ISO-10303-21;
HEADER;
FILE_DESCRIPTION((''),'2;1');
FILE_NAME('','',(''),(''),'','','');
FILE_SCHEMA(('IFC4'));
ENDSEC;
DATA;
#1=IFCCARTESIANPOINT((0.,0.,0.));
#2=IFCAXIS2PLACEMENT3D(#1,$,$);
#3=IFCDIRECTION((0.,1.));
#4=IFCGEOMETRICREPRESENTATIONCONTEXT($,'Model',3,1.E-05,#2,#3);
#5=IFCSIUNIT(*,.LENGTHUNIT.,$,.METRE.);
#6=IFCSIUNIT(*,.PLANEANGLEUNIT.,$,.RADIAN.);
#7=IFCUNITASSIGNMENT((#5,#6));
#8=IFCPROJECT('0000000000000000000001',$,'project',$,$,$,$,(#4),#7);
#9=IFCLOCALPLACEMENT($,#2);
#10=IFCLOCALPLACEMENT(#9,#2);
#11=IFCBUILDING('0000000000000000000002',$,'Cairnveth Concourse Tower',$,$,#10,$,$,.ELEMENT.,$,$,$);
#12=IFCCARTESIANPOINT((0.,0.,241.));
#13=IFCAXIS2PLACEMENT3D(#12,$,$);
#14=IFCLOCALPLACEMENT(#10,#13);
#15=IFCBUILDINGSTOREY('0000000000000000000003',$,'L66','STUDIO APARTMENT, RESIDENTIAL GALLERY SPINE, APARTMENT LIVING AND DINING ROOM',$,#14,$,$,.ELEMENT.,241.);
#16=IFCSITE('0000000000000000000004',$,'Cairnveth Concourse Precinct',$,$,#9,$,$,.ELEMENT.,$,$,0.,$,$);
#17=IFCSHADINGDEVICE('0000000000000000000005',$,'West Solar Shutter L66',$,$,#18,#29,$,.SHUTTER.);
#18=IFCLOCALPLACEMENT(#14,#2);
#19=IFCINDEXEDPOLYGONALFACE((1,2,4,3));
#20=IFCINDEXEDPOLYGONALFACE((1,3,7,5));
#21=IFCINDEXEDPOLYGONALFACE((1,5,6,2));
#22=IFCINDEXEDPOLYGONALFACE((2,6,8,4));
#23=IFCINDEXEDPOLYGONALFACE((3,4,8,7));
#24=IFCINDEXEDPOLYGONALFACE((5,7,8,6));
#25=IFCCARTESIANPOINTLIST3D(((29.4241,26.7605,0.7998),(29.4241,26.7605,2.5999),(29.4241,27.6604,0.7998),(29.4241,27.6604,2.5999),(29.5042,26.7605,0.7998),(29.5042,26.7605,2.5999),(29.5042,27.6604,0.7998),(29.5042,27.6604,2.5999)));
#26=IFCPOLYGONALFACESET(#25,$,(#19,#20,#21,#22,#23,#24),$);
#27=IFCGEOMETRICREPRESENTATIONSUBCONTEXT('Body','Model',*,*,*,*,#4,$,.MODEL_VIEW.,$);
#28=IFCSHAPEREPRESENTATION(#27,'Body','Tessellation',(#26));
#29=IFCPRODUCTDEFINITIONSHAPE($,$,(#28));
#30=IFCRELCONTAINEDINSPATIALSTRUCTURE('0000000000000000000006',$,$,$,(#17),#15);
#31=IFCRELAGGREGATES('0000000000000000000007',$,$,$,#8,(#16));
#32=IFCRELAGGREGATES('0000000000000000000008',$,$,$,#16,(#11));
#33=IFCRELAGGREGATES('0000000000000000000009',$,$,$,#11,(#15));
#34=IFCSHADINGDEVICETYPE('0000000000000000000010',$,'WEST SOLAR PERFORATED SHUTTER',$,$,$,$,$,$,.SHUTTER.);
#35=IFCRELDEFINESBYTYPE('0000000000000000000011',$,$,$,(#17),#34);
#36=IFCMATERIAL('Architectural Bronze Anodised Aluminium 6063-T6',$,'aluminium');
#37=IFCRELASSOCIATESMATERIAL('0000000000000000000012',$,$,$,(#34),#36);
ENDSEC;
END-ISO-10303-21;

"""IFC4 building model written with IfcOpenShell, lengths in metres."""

from ifc_helpers import new_model, si_unit, direction, frame, origin, origin_2d, place, context, subcontext, project, spatial, rectangle, extrude, material, type_object, element, save


model = new_model("IFC4")

# Units and contexts
model_context = context("Model", 3, precision=1e-05, world=origin(), true_north=direction((0.0, 1.0)))
body_context = subcontext(model_context, "Body", "Model", "MODEL_VIEW")
ifc_project = project(units=[si_unit("LENGTHUNIT", "METRE"), si_unit("PLANEANGLEUNIT", "RADIAN")], contexts=[model_context])

# Site, building, storey
site_placement = place(None, origin())
site = spatial("IfcSite", under=ifc_project, at=site_placement, Name="Cairnveth Concourse Precinct", CompositionType="ELEMENT", RefElevation=0.0)
building_placement = place(site_placement, origin())
building = spatial("IfcBuilding", under=site, at=building_placement, Name="Cairnveth Concourse Tower", CompositionType="ELEMENT")
storey_placement = place(building_placement, frame((0.0, 0.0, 241.0)))
storey = spatial("IfcBuildingStorey", under=building, at=storey_placement, Name="L66", Description="STUDIO APARTMENT, RESIDENTIAL GALLERY SPINE, APARTMENT LIVING AND DINING ROOM", CompositionType="ELEMENT", Elevation=241.0)

# Shared definitions
ifc_material_1 = material(Name="Architectural Bronze Anodised Aluminium 6063-T6", Category="aluminium")

# Shading device
shading_device_type_1 = type_object("IfcShadingDeviceType", Name="WEST SOLAR PERFORATED SHUTTER", PredefinedType="SHUTTER", material=ifc_material_1)
shading_device_1_placement = place(storey_placement, frame((29.4641, 27.2104, 0.7998), z_axis=(0.0, 0.0, 1.0), x_axis=(1.0, 0.0, 0.0)))
element("IfcShadingDevice", 1, at=shading_device_1_placement, inside=storey, type_object=shading_device_type_1, Name="West Solar Shutter L66", PredefinedType="SHUTTER", context=body_context, shape_type="SweptSolid", body=[
    extrude(rectangle(XDim=0.0801, YDim=0.8999, at=origin_2d()), origin(), (0.0, 0.0, 1.0), 1.8),
])

save(model, "model.ifc")
